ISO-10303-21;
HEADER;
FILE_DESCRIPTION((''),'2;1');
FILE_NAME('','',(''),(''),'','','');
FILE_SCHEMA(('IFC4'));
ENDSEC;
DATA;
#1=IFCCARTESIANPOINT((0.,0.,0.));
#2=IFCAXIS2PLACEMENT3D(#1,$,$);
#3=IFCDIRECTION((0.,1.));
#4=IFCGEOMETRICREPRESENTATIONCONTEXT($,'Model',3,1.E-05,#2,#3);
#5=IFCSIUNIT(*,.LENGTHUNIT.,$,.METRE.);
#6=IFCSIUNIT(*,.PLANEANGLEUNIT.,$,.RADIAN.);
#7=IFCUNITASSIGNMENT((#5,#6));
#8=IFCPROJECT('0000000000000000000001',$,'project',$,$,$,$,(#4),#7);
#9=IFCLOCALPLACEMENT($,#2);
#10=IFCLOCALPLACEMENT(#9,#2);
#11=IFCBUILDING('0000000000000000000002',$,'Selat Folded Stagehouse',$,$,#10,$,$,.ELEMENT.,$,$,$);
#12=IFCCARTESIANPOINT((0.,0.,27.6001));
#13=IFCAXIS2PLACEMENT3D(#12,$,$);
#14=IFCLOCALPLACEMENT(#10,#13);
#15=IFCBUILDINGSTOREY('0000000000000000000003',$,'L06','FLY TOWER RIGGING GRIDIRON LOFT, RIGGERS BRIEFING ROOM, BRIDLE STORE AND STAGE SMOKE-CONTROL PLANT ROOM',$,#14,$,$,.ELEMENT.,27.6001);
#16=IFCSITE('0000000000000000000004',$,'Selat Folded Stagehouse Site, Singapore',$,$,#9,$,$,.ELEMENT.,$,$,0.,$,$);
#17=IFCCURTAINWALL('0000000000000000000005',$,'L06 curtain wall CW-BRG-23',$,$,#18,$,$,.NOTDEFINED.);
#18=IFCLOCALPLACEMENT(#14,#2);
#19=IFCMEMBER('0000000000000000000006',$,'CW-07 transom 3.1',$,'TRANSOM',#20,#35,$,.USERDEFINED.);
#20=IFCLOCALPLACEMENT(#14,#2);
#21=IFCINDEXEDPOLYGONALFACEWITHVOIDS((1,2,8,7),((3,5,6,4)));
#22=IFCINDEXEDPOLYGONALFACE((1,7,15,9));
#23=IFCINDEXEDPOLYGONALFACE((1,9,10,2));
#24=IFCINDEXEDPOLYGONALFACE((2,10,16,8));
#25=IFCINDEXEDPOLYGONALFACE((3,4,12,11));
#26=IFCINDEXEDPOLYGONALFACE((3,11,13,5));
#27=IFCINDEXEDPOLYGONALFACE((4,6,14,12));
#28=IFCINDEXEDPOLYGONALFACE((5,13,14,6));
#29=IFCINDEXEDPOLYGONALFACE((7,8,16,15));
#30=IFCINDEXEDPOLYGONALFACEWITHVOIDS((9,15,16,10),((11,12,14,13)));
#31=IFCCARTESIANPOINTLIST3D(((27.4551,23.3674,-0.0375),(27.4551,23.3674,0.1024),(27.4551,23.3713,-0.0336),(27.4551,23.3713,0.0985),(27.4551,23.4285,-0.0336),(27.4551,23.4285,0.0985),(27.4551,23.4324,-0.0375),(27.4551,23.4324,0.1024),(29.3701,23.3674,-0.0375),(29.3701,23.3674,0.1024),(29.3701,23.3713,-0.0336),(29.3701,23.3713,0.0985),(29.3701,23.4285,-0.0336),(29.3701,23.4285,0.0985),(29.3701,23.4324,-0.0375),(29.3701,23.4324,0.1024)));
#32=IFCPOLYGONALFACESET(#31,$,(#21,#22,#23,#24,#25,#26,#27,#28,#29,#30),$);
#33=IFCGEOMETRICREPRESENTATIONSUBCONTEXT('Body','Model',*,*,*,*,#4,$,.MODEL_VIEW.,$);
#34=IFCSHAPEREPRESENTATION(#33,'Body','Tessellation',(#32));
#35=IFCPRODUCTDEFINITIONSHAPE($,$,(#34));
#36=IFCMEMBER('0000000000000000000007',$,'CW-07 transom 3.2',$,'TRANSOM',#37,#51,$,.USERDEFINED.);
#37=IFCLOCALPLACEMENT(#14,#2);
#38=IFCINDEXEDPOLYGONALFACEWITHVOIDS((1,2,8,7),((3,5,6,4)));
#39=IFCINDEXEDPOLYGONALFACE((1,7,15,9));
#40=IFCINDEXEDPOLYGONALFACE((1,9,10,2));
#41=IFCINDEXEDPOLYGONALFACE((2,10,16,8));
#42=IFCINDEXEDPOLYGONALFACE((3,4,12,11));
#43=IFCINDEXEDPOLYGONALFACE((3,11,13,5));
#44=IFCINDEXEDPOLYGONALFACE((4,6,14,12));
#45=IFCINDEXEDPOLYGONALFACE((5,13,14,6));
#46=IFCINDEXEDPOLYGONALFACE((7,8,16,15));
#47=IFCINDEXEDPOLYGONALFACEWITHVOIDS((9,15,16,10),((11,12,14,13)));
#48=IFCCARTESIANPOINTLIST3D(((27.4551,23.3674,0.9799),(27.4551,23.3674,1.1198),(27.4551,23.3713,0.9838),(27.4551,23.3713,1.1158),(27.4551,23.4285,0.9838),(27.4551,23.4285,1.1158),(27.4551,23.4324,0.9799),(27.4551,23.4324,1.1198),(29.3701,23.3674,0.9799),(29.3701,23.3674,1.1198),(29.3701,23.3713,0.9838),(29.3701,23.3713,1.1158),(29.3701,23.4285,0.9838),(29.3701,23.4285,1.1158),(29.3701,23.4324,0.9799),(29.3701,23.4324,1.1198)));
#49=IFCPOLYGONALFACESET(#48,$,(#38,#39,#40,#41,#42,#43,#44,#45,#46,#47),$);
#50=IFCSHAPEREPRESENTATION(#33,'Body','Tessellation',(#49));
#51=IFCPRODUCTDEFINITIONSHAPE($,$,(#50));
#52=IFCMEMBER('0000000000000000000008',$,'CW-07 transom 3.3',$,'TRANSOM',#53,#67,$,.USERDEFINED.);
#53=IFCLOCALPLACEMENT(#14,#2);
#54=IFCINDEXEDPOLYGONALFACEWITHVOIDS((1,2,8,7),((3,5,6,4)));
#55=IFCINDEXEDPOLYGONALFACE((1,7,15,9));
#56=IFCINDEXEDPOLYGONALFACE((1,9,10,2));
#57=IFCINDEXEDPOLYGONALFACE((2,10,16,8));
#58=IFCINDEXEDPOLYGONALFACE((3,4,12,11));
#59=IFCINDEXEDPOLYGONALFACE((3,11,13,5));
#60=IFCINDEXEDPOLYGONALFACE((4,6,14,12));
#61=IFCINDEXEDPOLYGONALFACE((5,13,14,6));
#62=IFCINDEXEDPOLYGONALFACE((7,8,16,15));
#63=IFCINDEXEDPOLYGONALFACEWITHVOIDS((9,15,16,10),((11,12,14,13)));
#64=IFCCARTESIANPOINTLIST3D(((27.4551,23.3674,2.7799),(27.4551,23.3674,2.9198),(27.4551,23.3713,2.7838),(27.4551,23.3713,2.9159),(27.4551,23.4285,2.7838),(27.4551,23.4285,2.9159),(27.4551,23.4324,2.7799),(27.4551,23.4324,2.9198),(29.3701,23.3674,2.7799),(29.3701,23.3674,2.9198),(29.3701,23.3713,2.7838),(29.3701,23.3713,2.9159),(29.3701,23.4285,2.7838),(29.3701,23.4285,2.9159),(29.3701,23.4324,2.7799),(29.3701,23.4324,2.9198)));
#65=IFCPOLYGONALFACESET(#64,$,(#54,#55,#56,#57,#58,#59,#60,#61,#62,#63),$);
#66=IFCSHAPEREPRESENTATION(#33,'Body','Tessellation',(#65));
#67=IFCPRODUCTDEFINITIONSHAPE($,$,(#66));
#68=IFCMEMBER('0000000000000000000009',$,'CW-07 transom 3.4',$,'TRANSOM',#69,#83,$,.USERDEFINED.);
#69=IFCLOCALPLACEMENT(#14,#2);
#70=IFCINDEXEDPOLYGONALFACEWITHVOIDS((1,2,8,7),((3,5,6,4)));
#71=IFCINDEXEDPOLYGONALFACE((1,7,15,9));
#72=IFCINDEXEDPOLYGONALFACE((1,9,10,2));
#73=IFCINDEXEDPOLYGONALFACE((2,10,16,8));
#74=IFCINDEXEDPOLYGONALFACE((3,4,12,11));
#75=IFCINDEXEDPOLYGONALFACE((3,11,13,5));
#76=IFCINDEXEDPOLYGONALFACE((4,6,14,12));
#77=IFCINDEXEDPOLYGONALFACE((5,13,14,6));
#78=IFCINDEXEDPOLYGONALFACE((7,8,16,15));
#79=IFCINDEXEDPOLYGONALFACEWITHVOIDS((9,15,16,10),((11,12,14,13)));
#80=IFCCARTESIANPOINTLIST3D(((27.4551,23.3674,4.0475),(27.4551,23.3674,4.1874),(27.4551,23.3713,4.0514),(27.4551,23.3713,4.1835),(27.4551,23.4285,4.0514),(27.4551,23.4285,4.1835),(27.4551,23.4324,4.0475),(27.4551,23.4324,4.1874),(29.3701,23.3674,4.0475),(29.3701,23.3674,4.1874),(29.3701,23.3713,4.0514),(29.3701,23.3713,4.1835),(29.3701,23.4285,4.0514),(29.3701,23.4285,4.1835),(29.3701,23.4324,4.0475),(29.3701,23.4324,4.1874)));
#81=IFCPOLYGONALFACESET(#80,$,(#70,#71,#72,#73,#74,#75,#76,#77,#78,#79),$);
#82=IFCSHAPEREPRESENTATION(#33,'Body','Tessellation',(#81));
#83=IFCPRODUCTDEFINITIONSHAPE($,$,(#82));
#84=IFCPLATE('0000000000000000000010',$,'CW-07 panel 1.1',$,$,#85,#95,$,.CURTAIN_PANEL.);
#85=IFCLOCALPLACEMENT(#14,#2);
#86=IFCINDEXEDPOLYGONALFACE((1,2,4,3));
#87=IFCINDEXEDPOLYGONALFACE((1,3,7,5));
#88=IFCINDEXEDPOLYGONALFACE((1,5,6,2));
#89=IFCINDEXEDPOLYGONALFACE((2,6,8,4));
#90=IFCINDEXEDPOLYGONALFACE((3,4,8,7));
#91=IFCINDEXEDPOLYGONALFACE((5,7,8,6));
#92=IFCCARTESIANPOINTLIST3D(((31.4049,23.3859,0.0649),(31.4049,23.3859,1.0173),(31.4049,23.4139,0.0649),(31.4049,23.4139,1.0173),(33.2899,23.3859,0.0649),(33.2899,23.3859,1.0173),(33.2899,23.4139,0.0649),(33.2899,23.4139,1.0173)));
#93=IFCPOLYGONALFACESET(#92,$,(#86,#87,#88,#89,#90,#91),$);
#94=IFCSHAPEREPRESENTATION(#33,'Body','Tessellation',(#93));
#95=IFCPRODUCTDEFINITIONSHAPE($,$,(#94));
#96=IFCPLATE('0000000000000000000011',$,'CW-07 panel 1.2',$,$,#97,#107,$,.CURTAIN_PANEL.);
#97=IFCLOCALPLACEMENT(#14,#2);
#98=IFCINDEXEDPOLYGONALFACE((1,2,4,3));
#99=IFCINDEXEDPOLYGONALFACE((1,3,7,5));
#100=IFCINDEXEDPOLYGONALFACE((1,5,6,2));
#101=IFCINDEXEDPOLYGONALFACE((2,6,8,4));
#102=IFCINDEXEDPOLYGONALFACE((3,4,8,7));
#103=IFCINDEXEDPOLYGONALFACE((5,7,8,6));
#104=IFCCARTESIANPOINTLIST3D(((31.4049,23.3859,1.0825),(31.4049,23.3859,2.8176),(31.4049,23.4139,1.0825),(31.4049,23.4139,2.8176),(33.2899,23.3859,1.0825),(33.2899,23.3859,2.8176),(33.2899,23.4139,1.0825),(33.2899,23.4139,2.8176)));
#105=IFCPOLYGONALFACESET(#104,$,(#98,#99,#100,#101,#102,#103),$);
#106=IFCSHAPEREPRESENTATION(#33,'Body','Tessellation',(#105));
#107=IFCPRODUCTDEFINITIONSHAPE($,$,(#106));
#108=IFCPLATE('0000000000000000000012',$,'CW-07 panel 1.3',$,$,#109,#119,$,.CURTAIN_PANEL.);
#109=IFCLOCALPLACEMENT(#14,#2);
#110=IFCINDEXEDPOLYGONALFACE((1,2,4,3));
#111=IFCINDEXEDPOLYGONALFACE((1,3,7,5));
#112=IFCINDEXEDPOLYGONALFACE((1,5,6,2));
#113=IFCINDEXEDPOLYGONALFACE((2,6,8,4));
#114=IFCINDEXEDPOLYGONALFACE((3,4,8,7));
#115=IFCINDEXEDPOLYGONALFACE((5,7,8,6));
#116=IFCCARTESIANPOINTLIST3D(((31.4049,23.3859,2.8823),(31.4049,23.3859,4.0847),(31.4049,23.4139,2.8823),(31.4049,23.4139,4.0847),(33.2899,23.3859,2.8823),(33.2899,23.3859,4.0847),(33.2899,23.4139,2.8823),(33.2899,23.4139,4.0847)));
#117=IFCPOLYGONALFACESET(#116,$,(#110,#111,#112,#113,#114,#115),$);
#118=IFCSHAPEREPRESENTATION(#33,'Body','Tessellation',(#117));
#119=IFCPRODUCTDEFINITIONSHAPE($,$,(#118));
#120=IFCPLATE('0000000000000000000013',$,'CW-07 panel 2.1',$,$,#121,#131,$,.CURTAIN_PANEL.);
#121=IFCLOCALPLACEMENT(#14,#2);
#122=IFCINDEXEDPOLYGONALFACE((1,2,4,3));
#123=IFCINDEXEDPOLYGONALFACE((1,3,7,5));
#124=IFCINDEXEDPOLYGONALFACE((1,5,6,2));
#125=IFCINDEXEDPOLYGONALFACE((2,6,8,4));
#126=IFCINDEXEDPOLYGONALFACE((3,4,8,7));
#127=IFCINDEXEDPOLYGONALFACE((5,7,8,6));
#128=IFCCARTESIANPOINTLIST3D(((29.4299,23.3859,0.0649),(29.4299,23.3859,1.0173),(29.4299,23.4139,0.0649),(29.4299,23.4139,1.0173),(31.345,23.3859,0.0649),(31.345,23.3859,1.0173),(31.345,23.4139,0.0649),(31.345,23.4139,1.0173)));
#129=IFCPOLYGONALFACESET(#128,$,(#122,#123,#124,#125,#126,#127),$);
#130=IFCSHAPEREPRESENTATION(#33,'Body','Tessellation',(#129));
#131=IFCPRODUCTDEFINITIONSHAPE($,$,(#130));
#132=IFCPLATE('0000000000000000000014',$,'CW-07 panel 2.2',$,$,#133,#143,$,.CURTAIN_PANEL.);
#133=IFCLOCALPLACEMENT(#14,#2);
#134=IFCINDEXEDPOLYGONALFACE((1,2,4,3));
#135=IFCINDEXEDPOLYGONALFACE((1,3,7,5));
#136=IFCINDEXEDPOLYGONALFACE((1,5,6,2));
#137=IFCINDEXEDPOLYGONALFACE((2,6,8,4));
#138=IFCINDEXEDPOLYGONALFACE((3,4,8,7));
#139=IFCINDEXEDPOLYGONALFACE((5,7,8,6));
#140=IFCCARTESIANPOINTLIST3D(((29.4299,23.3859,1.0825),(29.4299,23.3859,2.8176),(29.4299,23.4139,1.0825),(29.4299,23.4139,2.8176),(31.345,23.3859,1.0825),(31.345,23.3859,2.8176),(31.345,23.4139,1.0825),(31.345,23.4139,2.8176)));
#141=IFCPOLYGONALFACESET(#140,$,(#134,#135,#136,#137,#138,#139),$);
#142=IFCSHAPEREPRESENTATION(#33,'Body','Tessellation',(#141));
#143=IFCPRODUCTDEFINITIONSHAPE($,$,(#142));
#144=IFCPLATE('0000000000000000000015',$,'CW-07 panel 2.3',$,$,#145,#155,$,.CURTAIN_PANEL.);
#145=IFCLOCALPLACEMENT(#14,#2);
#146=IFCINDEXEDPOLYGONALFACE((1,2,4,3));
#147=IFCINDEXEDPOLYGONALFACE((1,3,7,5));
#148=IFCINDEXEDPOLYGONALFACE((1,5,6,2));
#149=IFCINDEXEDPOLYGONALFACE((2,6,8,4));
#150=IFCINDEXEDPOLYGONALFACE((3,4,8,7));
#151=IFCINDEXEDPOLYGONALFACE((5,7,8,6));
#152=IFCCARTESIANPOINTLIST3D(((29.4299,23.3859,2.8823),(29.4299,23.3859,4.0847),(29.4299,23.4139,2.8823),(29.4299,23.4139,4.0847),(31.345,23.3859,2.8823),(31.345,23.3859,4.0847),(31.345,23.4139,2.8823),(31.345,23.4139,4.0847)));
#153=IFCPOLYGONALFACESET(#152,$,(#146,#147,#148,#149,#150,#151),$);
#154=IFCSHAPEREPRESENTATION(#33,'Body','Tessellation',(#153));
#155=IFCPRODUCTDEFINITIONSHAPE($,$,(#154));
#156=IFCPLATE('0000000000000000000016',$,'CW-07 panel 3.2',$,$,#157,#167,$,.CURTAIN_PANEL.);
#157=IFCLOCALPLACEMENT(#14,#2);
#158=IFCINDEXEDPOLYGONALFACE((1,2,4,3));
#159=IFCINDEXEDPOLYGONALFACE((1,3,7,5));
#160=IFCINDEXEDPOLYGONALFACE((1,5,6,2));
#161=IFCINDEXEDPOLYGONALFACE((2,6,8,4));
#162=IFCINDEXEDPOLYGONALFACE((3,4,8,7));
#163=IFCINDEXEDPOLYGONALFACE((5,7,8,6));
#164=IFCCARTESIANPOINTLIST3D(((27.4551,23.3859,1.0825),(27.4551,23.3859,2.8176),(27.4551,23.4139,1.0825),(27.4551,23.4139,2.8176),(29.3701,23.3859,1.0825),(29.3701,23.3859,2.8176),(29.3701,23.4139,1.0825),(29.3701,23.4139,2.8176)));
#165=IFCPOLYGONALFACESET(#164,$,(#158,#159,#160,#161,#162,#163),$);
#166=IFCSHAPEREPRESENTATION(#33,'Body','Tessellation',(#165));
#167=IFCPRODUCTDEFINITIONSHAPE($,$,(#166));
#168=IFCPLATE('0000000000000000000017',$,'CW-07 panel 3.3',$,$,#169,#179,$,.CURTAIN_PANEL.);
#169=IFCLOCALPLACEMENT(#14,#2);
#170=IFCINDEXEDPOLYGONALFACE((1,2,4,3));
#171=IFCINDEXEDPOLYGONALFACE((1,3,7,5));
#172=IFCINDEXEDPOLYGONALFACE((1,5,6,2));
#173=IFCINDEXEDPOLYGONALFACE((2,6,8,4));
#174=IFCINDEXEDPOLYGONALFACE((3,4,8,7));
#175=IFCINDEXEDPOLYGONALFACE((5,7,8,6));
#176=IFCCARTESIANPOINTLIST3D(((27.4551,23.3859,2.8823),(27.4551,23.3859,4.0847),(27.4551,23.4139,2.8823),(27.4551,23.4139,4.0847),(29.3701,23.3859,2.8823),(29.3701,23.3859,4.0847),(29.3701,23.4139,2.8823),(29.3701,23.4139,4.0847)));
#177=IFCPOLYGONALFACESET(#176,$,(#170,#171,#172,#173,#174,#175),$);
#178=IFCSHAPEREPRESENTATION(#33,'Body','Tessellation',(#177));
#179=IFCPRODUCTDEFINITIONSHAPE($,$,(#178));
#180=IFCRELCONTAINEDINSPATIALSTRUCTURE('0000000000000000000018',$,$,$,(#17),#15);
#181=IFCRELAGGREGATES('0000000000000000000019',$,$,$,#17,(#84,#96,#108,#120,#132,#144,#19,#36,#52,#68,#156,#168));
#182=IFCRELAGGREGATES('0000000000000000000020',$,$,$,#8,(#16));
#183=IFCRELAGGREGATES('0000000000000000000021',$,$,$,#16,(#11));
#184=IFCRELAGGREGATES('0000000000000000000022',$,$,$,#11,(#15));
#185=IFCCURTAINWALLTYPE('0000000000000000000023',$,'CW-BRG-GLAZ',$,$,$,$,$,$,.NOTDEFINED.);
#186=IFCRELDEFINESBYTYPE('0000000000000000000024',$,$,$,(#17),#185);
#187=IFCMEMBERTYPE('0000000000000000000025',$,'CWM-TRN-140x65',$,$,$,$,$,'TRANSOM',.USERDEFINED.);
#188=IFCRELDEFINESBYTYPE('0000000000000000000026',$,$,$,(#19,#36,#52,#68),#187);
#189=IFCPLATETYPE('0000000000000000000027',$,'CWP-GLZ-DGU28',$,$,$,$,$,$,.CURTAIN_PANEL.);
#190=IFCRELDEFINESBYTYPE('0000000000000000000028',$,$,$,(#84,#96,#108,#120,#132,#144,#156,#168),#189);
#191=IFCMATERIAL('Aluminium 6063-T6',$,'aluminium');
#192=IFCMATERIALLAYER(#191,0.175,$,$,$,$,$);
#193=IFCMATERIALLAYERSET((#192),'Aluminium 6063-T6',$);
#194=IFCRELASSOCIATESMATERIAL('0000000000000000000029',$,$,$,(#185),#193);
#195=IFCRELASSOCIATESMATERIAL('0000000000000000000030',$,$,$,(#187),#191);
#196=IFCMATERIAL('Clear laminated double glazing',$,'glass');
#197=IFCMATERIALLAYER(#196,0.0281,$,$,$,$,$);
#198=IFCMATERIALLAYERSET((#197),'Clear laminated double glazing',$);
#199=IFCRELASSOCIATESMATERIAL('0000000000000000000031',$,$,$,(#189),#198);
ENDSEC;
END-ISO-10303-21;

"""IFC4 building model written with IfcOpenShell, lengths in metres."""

from ifc_helpers import new_model, si_unit, direction, frame, origin, origin_2d, place, context, subcontext, project, spatial, rectangle, hollow_rectangle, extrude, material, layer, layer_set, material_profile, profile_set, type_object, element, aggregate, save


model = new_model("IFC4")

# Units and contexts
model_context = context("Model", 3, precision=1e-05, world=origin(), true_north=direction((0.0, 1.0)))
body_context = subcontext(model_context, "Body", "Model", "MODEL_VIEW")
ifc_project = project(units=[si_unit("LENGTHUNIT", "METRE"), si_unit("PLANEANGLEUNIT", "RADIAN")], contexts=[model_context])

# Site, building, storey
site_placement = place(None, origin())
site = spatial("IfcSite", under=ifc_project, at=site_placement, Name="Selat Folded Stagehouse Site, Singapore", CompositionType="ELEMENT", RefElevation=0.0)
building_placement = place(site_placement, origin())
building = spatial("IfcBuilding", under=site, at=building_placement, Name="Selat Folded Stagehouse", CompositionType="ELEMENT")
storey_placement = place(building_placement, frame((0.0, 0.0, 27.6001)))
storey = spatial("IfcBuildingStorey", under=building, at=storey_placement, Name="L06", Description="FLY TOWER RIGGING GRIDIRON LOFT, RIGGERS BRIEFING ROOM, BRIDLE STORE AND STAGE SMOKE-CONTROL PLANT ROOM", CompositionType="ELEMENT", Elevation=27.6001)

# Curtain wall, members, plates
ifc_material_1 = material(Name="Aluminium 6063-T6", Category="aluminium")
ifc_layer_1 = layer(ifc_material_1, 0.175)
ifc_layer_set_1 = layer_set([ifc_layer_1], Name="Aluminium 6063-T6")
curtain_wall_type = type_object("IfcCurtainWallType", Name="CW-BRG-GLAZ", PredefinedType="NOTDEFINED", material=ifc_layer_set_1)
curtain_wall_placement = place(storey_placement, origin())
curtain_wall = element("IfcCurtainWall", 1, at=curtain_wall_placement, inside=storey, type_object=curtain_wall_type, Name="L06 curtain wall CW-BRG-23", PredefinedType="NOTDEFINED")
ifc_material_profile_1 = material_profile(ifc_material_1, hollow_rectangle(XDim=0.0649, YDim=0.1399, WallThickness=0.0039, at=origin_2d()), Name="ALU 140x65x4.0")
ifc_profile_set_1 = profile_set([ifc_material_profile_1], Name="Aluminium 6063-T6")
member_type_1 = type_object("IfcMemberType", Name="CWM-TRN-140x65", ElementType="TRANSOM", PredefinedType="USERDEFINED", material=ifc_profile_set_1)
member_1_placement = place(storey_placement, frame((29.3701, 23.3999, 0.0325), z_axis=(-1.0, 0.0, 0.0), x_axis=(0.0, -1.0, 0.0)))
member_1 = element("IfcMember", 2, at=member_1_placement, type_object=member_type_1, Name="CW-07 transom 3.1", ObjectType="TRANSOM", PredefinedType="USERDEFINED", context=body_context, shape_type="SweptSolid", body=[
    extrude(hollow_rectangle(XDim=0.0649, YDim=0.1399, WallThickness=0.0039, at=origin_2d()), origin(), (0.0, 0.0, 1.0), 1.915),
])
member_2_placement = place(storey_placement, frame((29.3701, 23.3999, 1.0498), z_axis=(-1.0, 0.0, 0.0), x_axis=(0.0, -1.0, 0.0)))
member_2 = element("IfcMember", 3, at=member_2_placement, type_object=member_type_1, Name="CW-07 transom 3.2", ObjectType="TRANSOM", PredefinedType="USERDEFINED", context=body_context, shape_type="SweptSolid", body=[
    extrude(hollow_rectangle(XDim=0.0649, YDim=0.1399, WallThickness=0.0039, at=origin_2d()), origin(), (0.0, 0.0, 1.0), 1.915),
])
member_3_placement = place(storey_placement, frame((29.3701, 23.3999, 2.8499), z_axis=(-1.0, 0.0, 0.0), x_axis=(0.0, -1.0, 0.0)))
member_3 = element("IfcMember", 4, at=member_3_placement, type_object=member_type_1, Name="CW-07 transom 3.3", ObjectType="TRANSOM", PredefinedType="USERDEFINED", context=body_context, shape_type="SweptSolid", body=[
    extrude(hollow_rectangle(XDim=0.0649, YDim=0.1399, WallThickness=0.0039, at=origin_2d()), origin(), (0.0, 0.0, 1.0), 1.915),
])
member_4_placement = place(storey_placement, frame((29.3701, 23.3999, 4.1174), z_axis=(-1.0, 0.0, 0.0), x_axis=(0.0, -1.0, 0.0)))
member_4 = element("IfcMember", 5, at=member_4_placement, type_object=member_type_1, Name="CW-07 transom 3.4", ObjectType="TRANSOM", PredefinedType="USERDEFINED", context=body_context, shape_type="SweptSolid", body=[
    extrude(hollow_rectangle(XDim=0.0649, YDim=0.1399, WallThickness=0.0039, at=origin_2d()), origin(), (0.0, 0.0, 1.0), 1.915),
])
ifc_material_2 = material(Name="Clear laminated double glazing", Category="glass")
ifc_layer_2 = layer(ifc_material_2, 0.0281)
ifc_layer_set_2 = layer_set([ifc_layer_2], Name="Clear laminated double glazing")
plate_type = type_object("IfcPlateType", Name="CWP-GLZ-DGU28", PredefinedType="CURTAIN_PANEL", material=ifc_layer_set_2)
plate_1_placement = place(storey_placement, frame((32.3474, 23.3999, 0.0649), z_axis=(0.0, 0.0, 1.0), x_axis=(-1.0, 0.0, 0.0)))
plate_1 = element("IfcPlate", 6, at=plate_1_placement, type_object=plate_type, Name="CW-07 panel 1.1", PredefinedType="CURTAIN_PANEL", context=body_context, shape_type="SweptSolid", body=[
    extrude(rectangle(XDim=1.885, YDim=0.0281, at=origin_2d()), origin(), (0.0, 0.0, 1.0), 0.9524),
])
plate_2_placement = place(storey_placement, frame((32.3474, 23.3999, 1.0825), z_axis=(0.0, 0.0, 1.0), x_axis=(-1.0, 0.0, 0.0)))
plate_2 = element("IfcPlate", 7, at=plate_2_placement, type_object=plate_type, Name="CW-07 panel 1.2", PredefinedType="CURTAIN_PANEL", context=body_context, shape_type="SweptSolid", body=[
    extrude(rectangle(XDim=1.885, YDim=0.0281, at=origin_2d()), origin(), (0.0, 0.0, 1.0), 1.7351),
])
plate_3_placement = place(storey_placement, frame((32.3474, 23.3999, 2.8823), z_axis=(0.0, 0.0, 1.0), x_axis=(-1.0, 0.0, 0.0)))
plate_3 = element("IfcPlate", 8, at=plate_3_placement, type_object=plate_type, Name="CW-07 panel 1.3", PredefinedType="CURTAIN_PANEL", context=body_context, shape_type="SweptSolid", body=[
    extrude(rectangle(XDim=1.885, YDim=0.0281, at=origin_2d()), origin(), (0.0, 0.0, 1.0), 1.2024),
])
plate_4_placement = place(storey_placement, frame((30.3875, 23.3999, 0.0649), z_axis=(0.0, 0.0, 1.0), x_axis=(-1.0, 0.0, 0.0)))
plate_4 = element("IfcPlate", 9, at=plate_4_placement, type_object=plate_type, Name="CW-07 panel 2.1", PredefinedType="CURTAIN_PANEL", context=body_context, shape_type="SweptSolid", body=[
    extrude(rectangle(XDim=1.915, YDim=0.0281, at=origin_2d()), origin(), (0.0, 0.0, 1.0), 0.9524),
])
plate_5_placement = place(storey_placement, frame((30.3875, 23.3999, 1.0825), z_axis=(0.0, 0.0, 1.0), x_axis=(-1.0, 0.0, 0.0)))
plate_5 = element("IfcPlate", 10, at=plate_5_placement, type_object=plate_type, Name="CW-07 panel 2.2", PredefinedType="CURTAIN_PANEL", context=body_context, shape_type="SweptSolid", body=[
    extrude(rectangle(XDim=1.915, YDim=0.0281, at=origin_2d()), origin(), (0.0, 0.0, 1.0), 1.7351),
])
plate_6_placement = place(storey_placement, frame((30.3875, 23.3999, 2.8823), z_axis=(0.0, 0.0, 1.0), x_axis=(-1.0, 0.0, 0.0)))
plate_6 = element("IfcPlate", 11, at=plate_6_placement, type_object=plate_type, Name="CW-07 panel 2.3", PredefinedType="CURTAIN_PANEL", context=body_context, shape_type="SweptSolid", body=[
    extrude(rectangle(XDim=1.915, YDim=0.0281, at=origin_2d()), origin(), (0.0, 0.0, 1.0), 1.2024),
])
plate_7_placement = place(storey_placement, frame((28.4126, 23.3999, 1.0825), z_axis=(0.0, 0.0, 1.0), x_axis=(-1.0, 0.0, 0.0)))
plate_7 = element("IfcPlate", 12, at=plate_7_placement, type_object=plate_type, Name="CW-07 panel 3.2", PredefinedType="CURTAIN_PANEL", context=body_context, shape_type="SweptSolid", body=[
    extrude(rectangle(XDim=1.915, YDim=0.0281, at=origin_2d()), origin(), (0.0, 0.0, 1.0), 1.7351),
])
plate_8_placement = place(storey_placement, frame((28.4126, 23.3999, 2.8823), z_axis=(0.0, 0.0, 1.0), x_axis=(-1.0, 0.0, 0.0)))
plate_8 = element("IfcPlate", 13, at=plate_8_placement, type_object=plate_type, Name="CW-07 panel 3.3", PredefinedType="CURTAIN_PANEL", context=body_context, shape_type="SweptSolid", body=[
    extrude(rectangle(XDim=1.915, YDim=0.0281, at=origin_2d()), origin(), (0.0, 0.0, 1.0), 1.2024),
])
aggregate(curtain_wall, [plate_1, plate_2, plate_3, plate_4, plate_5, plate_6, member_1, member_2, member_3, member_4, plate_7, plate_8])

save(model, "model.ifc")
